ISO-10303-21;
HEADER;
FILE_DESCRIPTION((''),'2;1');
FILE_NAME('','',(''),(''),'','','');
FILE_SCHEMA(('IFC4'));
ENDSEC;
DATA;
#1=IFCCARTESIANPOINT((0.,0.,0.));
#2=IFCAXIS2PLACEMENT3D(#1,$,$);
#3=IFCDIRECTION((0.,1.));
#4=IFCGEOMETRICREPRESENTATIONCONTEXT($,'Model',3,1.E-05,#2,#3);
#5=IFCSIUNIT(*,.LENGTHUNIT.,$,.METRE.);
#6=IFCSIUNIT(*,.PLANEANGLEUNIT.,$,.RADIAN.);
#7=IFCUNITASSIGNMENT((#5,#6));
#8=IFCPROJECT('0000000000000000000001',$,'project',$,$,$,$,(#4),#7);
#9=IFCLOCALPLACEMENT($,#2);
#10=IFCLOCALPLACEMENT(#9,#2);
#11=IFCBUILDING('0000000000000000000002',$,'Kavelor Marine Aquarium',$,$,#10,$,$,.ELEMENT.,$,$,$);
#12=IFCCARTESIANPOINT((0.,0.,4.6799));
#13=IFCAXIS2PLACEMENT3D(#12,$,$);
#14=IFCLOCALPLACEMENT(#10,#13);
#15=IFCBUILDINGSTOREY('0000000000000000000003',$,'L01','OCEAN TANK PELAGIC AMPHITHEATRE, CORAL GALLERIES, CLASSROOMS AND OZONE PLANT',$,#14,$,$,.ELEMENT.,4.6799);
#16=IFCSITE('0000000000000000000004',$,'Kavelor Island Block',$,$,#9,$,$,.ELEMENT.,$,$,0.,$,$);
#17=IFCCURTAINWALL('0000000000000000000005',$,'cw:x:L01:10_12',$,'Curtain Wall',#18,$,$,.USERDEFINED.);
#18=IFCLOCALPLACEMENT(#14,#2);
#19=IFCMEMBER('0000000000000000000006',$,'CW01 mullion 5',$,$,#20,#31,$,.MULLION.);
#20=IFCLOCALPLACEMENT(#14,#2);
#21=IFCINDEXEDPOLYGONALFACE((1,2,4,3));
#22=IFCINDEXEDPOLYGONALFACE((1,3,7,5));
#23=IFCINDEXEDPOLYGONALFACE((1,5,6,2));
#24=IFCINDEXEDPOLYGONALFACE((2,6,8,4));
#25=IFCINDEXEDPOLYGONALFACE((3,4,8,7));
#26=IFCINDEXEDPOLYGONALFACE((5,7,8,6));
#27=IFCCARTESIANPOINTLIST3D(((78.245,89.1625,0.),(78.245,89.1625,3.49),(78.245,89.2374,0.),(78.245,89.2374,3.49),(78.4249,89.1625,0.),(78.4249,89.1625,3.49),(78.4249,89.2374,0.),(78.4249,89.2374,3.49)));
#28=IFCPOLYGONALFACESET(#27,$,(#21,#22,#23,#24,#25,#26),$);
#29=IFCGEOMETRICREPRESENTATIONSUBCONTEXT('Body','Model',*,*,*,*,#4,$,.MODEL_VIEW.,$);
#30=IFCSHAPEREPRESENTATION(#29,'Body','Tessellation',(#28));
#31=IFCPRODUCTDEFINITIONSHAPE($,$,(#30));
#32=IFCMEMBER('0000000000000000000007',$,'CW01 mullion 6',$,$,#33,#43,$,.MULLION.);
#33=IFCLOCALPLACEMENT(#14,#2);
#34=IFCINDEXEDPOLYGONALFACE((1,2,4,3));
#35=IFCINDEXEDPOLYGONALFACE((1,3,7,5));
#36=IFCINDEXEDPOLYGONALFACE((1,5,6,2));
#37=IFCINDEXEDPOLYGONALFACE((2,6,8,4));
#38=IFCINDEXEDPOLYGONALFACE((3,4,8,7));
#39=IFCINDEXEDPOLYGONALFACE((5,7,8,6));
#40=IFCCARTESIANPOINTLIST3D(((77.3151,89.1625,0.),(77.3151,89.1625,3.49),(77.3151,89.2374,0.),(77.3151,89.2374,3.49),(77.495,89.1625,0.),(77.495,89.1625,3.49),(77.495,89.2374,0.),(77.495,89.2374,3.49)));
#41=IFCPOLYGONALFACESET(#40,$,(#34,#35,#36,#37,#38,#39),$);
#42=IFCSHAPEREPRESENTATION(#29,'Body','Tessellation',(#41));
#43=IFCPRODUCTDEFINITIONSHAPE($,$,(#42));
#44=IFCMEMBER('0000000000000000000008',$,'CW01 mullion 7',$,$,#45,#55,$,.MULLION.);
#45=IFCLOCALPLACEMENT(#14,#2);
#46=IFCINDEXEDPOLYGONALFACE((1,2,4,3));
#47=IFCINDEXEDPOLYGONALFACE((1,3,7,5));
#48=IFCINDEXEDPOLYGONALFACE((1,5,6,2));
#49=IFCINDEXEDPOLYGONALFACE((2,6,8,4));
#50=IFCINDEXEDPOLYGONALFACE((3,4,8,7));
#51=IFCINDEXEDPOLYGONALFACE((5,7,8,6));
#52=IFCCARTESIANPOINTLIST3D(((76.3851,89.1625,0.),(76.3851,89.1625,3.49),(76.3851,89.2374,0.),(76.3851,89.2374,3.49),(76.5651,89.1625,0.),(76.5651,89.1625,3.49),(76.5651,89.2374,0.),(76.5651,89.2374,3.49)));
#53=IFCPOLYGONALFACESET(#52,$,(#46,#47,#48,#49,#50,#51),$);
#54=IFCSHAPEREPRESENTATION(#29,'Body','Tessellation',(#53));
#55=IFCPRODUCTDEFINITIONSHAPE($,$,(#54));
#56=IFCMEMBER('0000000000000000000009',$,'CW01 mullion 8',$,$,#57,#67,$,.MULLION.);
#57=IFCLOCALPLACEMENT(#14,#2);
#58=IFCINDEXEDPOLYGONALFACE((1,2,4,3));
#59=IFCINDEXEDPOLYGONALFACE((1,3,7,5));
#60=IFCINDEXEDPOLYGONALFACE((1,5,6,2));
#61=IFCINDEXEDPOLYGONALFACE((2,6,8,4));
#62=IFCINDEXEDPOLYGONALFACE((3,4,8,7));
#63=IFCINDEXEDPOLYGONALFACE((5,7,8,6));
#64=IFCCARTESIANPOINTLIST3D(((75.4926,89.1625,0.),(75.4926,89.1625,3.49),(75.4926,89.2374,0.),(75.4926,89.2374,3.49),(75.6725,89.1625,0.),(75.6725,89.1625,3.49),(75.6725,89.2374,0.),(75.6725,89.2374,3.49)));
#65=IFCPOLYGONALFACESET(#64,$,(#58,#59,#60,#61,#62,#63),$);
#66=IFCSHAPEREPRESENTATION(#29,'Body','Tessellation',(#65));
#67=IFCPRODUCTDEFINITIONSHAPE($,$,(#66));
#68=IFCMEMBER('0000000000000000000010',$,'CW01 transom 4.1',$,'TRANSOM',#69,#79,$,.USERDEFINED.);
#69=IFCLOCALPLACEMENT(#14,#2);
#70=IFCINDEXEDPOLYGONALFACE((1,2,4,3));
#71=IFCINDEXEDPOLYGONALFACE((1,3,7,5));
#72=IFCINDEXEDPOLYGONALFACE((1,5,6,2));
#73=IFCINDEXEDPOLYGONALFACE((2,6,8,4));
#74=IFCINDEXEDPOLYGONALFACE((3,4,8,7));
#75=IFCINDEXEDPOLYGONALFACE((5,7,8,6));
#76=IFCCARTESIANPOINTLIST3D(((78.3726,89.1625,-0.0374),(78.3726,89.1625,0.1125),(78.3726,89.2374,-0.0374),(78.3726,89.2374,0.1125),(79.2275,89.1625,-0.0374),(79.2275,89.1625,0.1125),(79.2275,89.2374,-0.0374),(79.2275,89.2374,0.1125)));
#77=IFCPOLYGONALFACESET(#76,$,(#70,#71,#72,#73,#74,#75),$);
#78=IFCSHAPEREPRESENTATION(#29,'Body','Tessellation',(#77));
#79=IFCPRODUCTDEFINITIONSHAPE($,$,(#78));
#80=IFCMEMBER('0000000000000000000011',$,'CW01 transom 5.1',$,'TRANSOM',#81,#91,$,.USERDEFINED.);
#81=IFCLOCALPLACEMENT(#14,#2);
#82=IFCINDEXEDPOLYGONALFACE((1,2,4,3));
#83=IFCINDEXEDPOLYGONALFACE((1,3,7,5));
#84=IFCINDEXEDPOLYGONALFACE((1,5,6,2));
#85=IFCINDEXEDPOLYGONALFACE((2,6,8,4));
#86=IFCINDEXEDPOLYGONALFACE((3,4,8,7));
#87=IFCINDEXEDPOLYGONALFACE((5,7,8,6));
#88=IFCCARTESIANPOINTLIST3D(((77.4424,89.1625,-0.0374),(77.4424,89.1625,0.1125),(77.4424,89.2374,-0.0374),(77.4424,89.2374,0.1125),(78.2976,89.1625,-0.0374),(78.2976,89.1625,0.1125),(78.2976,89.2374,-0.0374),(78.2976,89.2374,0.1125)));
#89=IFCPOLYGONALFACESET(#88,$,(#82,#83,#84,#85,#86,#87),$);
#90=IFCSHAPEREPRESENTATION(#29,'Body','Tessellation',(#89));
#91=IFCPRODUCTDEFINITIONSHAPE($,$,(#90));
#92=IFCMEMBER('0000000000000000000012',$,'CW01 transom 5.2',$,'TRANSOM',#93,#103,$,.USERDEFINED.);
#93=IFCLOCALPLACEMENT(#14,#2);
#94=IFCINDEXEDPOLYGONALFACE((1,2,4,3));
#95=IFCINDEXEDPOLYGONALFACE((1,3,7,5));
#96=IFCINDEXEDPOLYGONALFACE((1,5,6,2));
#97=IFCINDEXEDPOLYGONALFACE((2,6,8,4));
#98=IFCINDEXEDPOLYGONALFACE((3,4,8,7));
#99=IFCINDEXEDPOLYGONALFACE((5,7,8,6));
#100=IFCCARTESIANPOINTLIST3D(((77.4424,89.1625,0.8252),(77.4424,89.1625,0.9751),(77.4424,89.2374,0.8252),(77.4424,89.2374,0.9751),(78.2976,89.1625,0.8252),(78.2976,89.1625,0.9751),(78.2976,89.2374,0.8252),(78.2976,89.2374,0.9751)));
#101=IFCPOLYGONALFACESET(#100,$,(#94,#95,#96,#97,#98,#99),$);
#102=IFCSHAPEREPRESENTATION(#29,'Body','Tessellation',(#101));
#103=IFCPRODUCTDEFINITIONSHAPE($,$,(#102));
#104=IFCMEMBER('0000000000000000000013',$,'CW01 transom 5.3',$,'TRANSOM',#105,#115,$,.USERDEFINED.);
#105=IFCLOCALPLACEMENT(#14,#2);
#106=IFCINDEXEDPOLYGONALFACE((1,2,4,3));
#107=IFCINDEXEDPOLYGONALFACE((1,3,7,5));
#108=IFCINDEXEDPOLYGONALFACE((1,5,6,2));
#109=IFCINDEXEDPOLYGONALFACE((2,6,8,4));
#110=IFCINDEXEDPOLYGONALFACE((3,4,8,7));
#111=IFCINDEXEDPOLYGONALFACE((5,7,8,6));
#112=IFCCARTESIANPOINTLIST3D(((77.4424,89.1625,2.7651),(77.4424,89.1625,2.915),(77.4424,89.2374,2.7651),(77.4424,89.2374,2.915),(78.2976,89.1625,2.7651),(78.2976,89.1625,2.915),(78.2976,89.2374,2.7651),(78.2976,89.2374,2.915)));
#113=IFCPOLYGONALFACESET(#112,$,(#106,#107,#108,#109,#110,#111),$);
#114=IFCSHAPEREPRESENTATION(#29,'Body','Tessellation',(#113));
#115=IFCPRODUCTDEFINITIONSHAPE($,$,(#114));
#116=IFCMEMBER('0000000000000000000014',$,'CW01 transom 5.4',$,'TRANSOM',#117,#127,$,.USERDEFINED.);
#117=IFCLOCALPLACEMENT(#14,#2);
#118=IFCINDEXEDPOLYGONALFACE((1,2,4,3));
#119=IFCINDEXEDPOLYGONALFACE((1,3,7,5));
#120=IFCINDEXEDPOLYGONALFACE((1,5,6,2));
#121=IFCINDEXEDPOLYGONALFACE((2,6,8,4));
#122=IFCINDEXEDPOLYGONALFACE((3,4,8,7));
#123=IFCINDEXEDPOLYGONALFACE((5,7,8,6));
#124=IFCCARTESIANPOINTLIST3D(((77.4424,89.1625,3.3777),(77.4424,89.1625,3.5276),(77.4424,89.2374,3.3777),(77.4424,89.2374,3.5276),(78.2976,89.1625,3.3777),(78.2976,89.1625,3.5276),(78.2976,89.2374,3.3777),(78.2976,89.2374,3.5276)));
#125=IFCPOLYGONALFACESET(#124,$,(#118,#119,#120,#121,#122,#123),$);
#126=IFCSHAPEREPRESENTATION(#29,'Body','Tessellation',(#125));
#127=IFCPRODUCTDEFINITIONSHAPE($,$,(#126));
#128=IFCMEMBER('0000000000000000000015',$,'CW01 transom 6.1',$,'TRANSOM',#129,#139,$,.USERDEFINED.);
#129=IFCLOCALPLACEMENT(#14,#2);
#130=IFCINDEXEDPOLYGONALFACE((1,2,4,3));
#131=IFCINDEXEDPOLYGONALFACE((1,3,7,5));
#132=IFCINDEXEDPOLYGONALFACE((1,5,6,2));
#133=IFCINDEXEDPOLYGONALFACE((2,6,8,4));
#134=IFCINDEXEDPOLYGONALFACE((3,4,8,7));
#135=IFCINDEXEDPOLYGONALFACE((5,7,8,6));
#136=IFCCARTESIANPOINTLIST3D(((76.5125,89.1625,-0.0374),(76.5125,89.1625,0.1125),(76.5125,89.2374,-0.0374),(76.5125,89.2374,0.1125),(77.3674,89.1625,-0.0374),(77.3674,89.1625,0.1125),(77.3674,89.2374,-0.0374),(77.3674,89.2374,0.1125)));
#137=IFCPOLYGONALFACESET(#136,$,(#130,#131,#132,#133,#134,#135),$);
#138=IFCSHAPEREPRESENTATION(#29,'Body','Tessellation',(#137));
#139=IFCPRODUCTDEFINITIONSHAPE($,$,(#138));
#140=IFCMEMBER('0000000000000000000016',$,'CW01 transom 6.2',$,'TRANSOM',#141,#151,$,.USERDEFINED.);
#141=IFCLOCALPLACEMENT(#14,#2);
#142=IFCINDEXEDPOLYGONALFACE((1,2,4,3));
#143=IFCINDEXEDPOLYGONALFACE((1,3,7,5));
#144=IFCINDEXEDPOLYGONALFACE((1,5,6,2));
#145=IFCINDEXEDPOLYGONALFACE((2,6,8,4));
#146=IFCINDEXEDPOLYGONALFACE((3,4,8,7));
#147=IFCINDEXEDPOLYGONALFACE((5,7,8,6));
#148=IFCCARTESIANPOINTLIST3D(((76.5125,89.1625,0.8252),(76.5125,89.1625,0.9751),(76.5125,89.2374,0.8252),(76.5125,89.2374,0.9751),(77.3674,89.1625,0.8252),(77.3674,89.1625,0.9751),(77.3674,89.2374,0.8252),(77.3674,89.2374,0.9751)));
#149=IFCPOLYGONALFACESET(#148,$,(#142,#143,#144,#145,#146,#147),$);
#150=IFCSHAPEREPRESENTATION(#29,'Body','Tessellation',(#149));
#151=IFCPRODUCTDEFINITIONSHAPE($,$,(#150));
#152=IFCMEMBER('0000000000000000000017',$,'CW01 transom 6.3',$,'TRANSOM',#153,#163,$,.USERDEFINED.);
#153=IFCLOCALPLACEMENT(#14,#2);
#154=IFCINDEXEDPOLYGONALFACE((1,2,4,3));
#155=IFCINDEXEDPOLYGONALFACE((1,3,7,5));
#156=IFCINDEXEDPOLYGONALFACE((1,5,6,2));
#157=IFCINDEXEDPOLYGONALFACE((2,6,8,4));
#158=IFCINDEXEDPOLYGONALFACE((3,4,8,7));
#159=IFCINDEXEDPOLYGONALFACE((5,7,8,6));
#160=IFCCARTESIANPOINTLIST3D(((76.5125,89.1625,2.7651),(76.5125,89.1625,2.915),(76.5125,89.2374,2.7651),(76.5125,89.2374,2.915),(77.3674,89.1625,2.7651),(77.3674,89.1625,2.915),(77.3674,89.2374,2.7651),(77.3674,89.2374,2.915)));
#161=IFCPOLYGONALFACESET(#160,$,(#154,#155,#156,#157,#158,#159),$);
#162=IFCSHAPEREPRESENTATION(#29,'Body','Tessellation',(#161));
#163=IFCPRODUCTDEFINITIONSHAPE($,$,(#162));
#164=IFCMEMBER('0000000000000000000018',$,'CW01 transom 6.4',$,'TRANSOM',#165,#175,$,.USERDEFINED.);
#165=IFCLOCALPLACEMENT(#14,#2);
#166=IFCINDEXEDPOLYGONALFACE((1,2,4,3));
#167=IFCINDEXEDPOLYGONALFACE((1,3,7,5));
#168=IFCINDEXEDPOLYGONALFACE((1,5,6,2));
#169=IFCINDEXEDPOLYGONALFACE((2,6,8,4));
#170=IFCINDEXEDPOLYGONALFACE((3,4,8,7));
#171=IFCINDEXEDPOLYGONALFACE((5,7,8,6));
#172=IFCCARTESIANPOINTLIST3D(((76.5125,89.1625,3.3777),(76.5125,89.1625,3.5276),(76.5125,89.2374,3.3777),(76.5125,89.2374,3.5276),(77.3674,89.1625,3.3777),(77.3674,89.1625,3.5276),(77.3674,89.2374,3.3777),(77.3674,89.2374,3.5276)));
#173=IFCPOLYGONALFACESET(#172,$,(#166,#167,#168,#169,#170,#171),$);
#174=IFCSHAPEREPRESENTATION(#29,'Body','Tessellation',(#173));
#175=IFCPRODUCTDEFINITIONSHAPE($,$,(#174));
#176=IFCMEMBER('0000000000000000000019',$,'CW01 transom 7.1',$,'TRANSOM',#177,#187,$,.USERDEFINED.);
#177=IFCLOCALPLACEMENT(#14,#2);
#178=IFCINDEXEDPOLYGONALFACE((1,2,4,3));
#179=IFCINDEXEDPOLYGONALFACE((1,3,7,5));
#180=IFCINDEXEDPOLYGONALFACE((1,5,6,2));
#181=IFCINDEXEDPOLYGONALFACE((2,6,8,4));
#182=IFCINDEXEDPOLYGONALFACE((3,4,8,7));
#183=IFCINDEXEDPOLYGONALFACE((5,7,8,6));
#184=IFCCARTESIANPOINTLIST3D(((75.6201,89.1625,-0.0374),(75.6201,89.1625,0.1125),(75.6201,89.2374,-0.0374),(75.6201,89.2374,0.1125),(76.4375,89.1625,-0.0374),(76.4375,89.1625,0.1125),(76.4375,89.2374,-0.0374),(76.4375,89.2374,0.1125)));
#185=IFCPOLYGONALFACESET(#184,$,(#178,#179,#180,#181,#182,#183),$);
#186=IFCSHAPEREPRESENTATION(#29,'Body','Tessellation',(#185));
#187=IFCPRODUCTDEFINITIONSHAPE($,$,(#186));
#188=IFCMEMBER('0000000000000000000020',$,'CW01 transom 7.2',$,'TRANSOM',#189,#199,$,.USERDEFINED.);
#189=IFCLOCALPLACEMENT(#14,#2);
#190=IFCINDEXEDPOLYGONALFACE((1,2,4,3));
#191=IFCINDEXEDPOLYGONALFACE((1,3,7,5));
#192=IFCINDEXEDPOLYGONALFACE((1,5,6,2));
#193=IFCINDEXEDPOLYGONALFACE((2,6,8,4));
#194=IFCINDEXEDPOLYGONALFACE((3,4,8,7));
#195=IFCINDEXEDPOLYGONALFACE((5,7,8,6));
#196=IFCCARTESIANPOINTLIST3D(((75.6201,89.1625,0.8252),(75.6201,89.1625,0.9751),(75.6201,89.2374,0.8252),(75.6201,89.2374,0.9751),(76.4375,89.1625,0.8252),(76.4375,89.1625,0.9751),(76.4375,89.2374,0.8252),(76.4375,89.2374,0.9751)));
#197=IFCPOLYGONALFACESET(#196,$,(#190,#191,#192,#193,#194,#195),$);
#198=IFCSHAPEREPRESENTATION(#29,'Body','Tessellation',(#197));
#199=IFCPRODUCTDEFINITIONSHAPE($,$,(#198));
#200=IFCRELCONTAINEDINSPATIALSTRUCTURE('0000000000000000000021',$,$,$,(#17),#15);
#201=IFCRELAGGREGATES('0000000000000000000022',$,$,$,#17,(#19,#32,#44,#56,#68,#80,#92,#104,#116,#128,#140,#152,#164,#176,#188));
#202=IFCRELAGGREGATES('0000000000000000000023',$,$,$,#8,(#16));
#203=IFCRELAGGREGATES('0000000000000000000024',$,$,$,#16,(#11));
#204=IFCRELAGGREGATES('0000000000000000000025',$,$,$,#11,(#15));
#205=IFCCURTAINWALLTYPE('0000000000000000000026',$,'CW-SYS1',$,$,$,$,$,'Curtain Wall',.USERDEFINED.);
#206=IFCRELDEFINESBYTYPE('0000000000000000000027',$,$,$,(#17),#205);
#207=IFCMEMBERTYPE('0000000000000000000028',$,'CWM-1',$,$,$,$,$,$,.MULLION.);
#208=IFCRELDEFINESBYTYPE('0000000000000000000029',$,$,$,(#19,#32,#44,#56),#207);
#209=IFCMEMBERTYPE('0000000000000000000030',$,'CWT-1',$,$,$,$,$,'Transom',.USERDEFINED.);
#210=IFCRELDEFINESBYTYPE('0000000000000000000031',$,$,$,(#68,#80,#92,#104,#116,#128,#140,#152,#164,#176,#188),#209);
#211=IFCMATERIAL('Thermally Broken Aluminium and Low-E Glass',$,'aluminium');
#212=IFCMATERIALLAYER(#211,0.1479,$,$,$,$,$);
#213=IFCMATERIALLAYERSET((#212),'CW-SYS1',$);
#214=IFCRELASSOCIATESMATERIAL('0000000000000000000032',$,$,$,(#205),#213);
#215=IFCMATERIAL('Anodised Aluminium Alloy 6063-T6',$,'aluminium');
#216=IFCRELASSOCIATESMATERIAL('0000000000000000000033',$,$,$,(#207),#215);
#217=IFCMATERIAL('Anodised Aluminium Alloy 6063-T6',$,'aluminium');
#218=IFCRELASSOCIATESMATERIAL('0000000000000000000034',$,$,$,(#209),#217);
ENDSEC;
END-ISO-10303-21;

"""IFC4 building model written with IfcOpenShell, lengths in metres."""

from ifc_helpers import new_model, si_unit, direction, frame, origin, origin_2d, place, context, subcontext, project, spatial, rectangle, extrude, material, layer, layer_set, material_profile, profile_set, type_object, element, aggregate, save


model = new_model("IFC4")

# Units and contexts
model_context = context("Model", 3, precision=1e-05, world=origin(), true_north=direction((0.0, 1.0)))
body_context = subcontext(model_context, "Body", "Model", "MODEL_VIEW")
ifc_project = project(units=[si_unit("LENGTHUNIT", "METRE"), si_unit("PLANEANGLEUNIT", "RADIAN")], contexts=[model_context])

# Site, building, storey
site_placement = place(None, origin())
site = spatial("IfcSite", under=ifc_project, at=site_placement, Name="Kavelor Island Block", CompositionType="ELEMENT", RefElevation=0.0)
building_placement = place(site_placement, origin())
building = spatial("IfcBuilding", under=site, at=building_placement, Name="Kavelor Marine Aquarium", CompositionType="ELEMENT")
storey_placement = place(building_placement, frame((0.0, 0.0, 4.6799)))
storey = spatial("IfcBuildingStorey", under=building, at=storey_placement, Name="L01", Description="OCEAN TANK PELAGIC AMPHITHEATRE, CORAL GALLERIES, CLASSROOMS AND OZONE PLANT", CompositionType="ELEMENT", Elevation=4.6799)

# Curtain wall, members
ifc_material_1 = material(Name="Thermally Broken Aluminium and Low-E Glass", Category="aluminium")
ifc_layer_1 = layer(ifc_material_1, 0.1479)
ifc_layer_set_1 = layer_set([ifc_layer_1], Name="CW-SYS1")
curtain_wall_type = type_object("IfcCurtainWallType", Name="CW-SYS1", ElementType="Curtain Wall", PredefinedType="USERDEFINED", material=ifc_layer_set_1)
curtain_wall_placement = place(storey_placement, origin())
curtain_wall = element("IfcCurtainWall", 1, at=curtain_wall_placement, inside=storey, type_object=curtain_wall_type, Name="cw:x:L01:10_12", ObjectType="Curtain Wall", PredefinedType="USERDEFINED")
ifc_material_2 = material(Name="Anodised Aluminium Alloy 6063-T6", Category="aluminium")
ifc_material_profile_1 = material_profile(ifc_material_2, rectangle(XDim=0.075, YDim=0.1799, at=origin_2d()), Name="CW-MUL 75x180")
ifc_profile_set_1 = profile_set([ifc_material_profile_1], Name="Anodised Aluminium Alloy 6063-T6")
member_type_1 = type_object("IfcMemberType", Name="CWM-1", PredefinedType="MULLION", material=ifc_profile_set_1)
member_1_placement = place(storey_placement, frame((78.335, 89.2, 0.0), z_axis=(0.0, 0.0, 1.0), x_axis=(0.0, -1.0, 0.0)))
member_1 = element("IfcMember", 2, at=member_1_placement, type_object=member_type_1, Name="CW01 mullion 5", PredefinedType="MULLION", context=body_context, shape_type="SweptSolid", body=[
    extrude(rectangle(XDim=0.075, YDim=0.1799, at=origin_2d()), origin(), (0.0, 0.0, 1.0), 3.49),
])
member_2_placement = place(storey_placement, frame((77.405, 89.2, 0.0), z_axis=(0.0, 0.0, 1.0), x_axis=(0.0, -1.0, 0.0)))
member_2 = element("IfcMember", 3, at=member_2_placement, type_object=member_type_1, Name="CW01 mullion 6", PredefinedType="MULLION", context=body_context, shape_type="SweptSolid", body=[
    extrude(rectangle(XDim=0.075, YDim=0.1799, at=origin_2d()), origin(), (0.0, 0.0, 1.0), 3.49),
])
member_3_placement = place(storey_placement, frame((76.4751, 89.2, 0.0), z_axis=(0.0, 0.0, 1.0), x_axis=(0.0, -1.0, 0.0)))
member_3 = element("IfcMember", 4, at=member_3_placement, type_object=member_type_1, Name="CW01 mullion 7", PredefinedType="MULLION", context=body_context, shape_type="SweptSolid", body=[
    extrude(rectangle(XDim=0.075, YDim=0.1799, at=origin_2d()), origin(), (0.0, 0.0, 1.0), 3.49),
])
member_4_placement = place(storey_placement, frame((75.5825, 89.2, 0.0), z_axis=(0.0, 0.0, 1.0), x_axis=(0.0, -1.0, 0.0)))
member_4 = element("IfcMember", 5, at=member_4_placement, type_object=member_type_1, Name="CW01 mullion 8", PredefinedType="MULLION", context=body_context, shape_type="SweptSolid", body=[
    extrude(rectangle(XDim=0.075, YDim=0.1799, at=origin_2d()), origin(), (0.0, 0.0, 1.0), 3.49),
])
ifc_material_3 = material(Name="Anodised Aluminium Alloy 6063-T6", Category="aluminium")
ifc_material_profile_2 = material_profile(ifc_material_3, rectangle(XDim=0.075, YDim=0.1499, at=origin_2d()), Name="CW-TRN 75x150")
ifc_profile_set_2 = profile_set([ifc_material_profile_2], Name="Anodised Aluminium Alloy 6063-T6")
member_type_2 = type_object("IfcMemberType", Name="CWT-1", ElementType="Transom", PredefinedType="USERDEFINED", material=ifc_profile_set_2)
member_5_placement = place(storey_placement, frame((79.2275, 89.2, 0.0376), z_axis=(-1.0, 0.0, 0.0), x_axis=(0.0, -1.0, 0.0)))
member_5 = element("IfcMember", 6, at=member_5_placement, type_object=member_type_2, Name="CW01 transom 4.1", ObjectType="TRANSOM", PredefinedType="USERDEFINED", context=body_context, shape_type="SweptSolid", body=[
    extrude(rectangle(XDim=0.075, YDim=0.1499, at=origin_2d()), origin(), (0.0, 0.0, 1.0), 0.855),
])
member_6_placement = place(storey_placement, frame((78.2976, 89.2, 0.0376), z_axis=(-1.0, 0.0, 0.0), x_axis=(0.0, -1.0, 0.0)))
member_6 = element("IfcMember", 7, at=member_6_placement, type_object=member_type_2, Name="CW01 transom 5.1", ObjectType="TRANSOM", PredefinedType="USERDEFINED", context=body_context, shape_type="SweptSolid", body=[
    extrude(rectangle(XDim=0.075, YDim=0.1499, at=origin_2d()), origin(), (0.0, 0.0, 1.0), 0.8552),
])
member_7_placement = place(storey_placement, frame((78.2976, 89.2, 0.9001), z_axis=(-1.0, 0.0, 0.0), x_axis=(0.0, -1.0, 0.0)))
member_7 = element("IfcMember", 8, at=member_7_placement, type_object=member_type_2, Name="CW01 transom 5.2", ObjectType="TRANSOM", PredefinedType="USERDEFINED", context=body_context, shape_type="SweptSolid", body=[
    extrude(rectangle(XDim=0.075, YDim=0.1499, at=origin_2d()), origin(), (0.0, 0.0, 1.0), 0.8552),
])
member_8_placement = place(storey_placement, frame((78.2976, 89.2, 2.8401), z_axis=(-1.0, 0.0, 0.0), x_axis=(0.0, -1.0, 0.0)))
member_8 = element("IfcMember", 9, at=member_8_placement, type_object=member_type_2, Name="CW01 transom 5.3", ObjectType="TRANSOM", PredefinedType="USERDEFINED", context=body_context, shape_type="SweptSolid", body=[
    extrude(rectangle(XDim=0.075, YDim=0.1499, at=origin_2d()), origin(), (0.0, 0.0, 1.0), 0.8552),
])
member_9_placement = place(storey_placement, frame((78.2976, 89.2, 3.4526), z_axis=(-1.0, 0.0, 0.0), x_axis=(0.0, -1.0, 0.0)))
member_9 = element("IfcMember", 10, at=member_9_placement, type_object=member_type_2, Name="CW01 transom 5.4", ObjectType="TRANSOM", PredefinedType="USERDEFINED", context=body_context, shape_type="SweptSolid", body=[
    extrude(rectangle(XDim=0.075, YDim=0.1499, at=origin_2d()), origin(), (0.0, 0.0, 1.0), 0.8552),
])
member_10_placement = place(storey_placement, frame((77.3674, 89.2, 0.0376), z_axis=(-1.0, 0.0, 0.0), x_axis=(0.0, -1.0, 0.0)))
member_10 = element("IfcMember", 11, at=member_10_placement, type_object=member_type_2, Name="CW01 transom 6.1", ObjectType="TRANSOM", PredefinedType="USERDEFINED", context=body_context, shape_type="SweptSolid", body=[
    extrude(rectangle(XDim=0.075, YDim=0.1499, at=origin_2d()), origin(), (0.0, 0.0, 1.0), 0.855),
])
member_11_placement = place(storey_placement, frame((77.3674, 89.2, 0.9001), z_axis=(-1.0, 0.0, 0.0), x_axis=(0.0, -1.0, 0.0)))
member_11 = element("IfcMember", 12, at=member_11_placement, type_object=member_type_2, Name="CW01 transom 6.2", ObjectType="TRANSOM", PredefinedType="USERDEFINED", context=body_context, shape_type="SweptSolid", body=[
    extrude(rectangle(XDim=0.075, YDim=0.1499, at=origin_2d()), origin(), (0.0, 0.0, 1.0), 0.855),
])
member_12_placement = place(storey_placement, frame((77.3674, 89.2, 2.8401), z_axis=(-1.0, 0.0, 0.0), x_axis=(0.0, -1.0, 0.0)))
member_12 = element("IfcMember", 13, at=member_12_placement, type_object=member_type_2, Name="CW01 transom 6.3", ObjectType="TRANSOM", PredefinedType="USERDEFINED", context=body_context, shape_type="SweptSolid", body=[
    extrude(rectangle(XDim=0.075, YDim=0.1499, at=origin_2d()), origin(), (0.0, 0.0, 1.0), 0.855),
])
member_13_placement = place(storey_placement, frame((77.3674, 89.2, 3.4526), z_axis=(-1.0, 0.0, 0.0), x_axis=(0.0, -1.0, 0.0)))
member_13 = element("IfcMember", 14, at=member_13_placement, type_object=member_type_2, Name="CW01 transom 6.4", ObjectType="TRANSOM", PredefinedType="USERDEFINED", context=body_context, shape_type="SweptSolid", body=[
    extrude(rectangle(XDim=0.075, YDim=0.1499, at=origin_2d()), origin(), (0.0, 0.0, 1.0), 0.855),
])
member_14_placement = place(storey_placement, frame((76.4375, 89.2, 0.0376), z_axis=(-1.0, 0.0, 0.0), x_axis=(0.0, -1.0, 0.0)))
member_14 = element("IfcMember", 15, at=member_14_placement, type_object=member_type_2, Name="CW01 transom 7.1", ObjectType="TRANSOM", PredefinedType="USERDEFINED", context=body_context, shape_type="SweptSolid", body=[
    extrude(rectangle(XDim=0.075, YDim=0.1499, at=origin_2d()), origin(), (0.0, 0.0, 1.0), 0.8174),
])
member_15_placement = place(storey_placement, frame((76.4375, 89.2, 0.9001), z_axis=(-1.0, 0.0, 0.0), x_axis=(0.0, -1.0, 0.0)))
member_15 = element("IfcMember", 16, at=member_15_placement, type_object=member_type_2, Name="CW01 transom 7.2", ObjectType="TRANSOM", PredefinedType="USERDEFINED", context=body_context, shape_type="SweptSolid", body=[
    extrude(rectangle(XDim=0.075, YDim=0.1499, at=origin_2d()), origin(), (0.0, 0.0, 1.0), 0.8174),
])
aggregate(curtain_wall, [member_1, member_2, member_3, member_4, member_5, member_6, member_7, member_8, member_9, member_10, member_11, member_12, member_13, member_14, member_15])

save(model, "model.ifc")
